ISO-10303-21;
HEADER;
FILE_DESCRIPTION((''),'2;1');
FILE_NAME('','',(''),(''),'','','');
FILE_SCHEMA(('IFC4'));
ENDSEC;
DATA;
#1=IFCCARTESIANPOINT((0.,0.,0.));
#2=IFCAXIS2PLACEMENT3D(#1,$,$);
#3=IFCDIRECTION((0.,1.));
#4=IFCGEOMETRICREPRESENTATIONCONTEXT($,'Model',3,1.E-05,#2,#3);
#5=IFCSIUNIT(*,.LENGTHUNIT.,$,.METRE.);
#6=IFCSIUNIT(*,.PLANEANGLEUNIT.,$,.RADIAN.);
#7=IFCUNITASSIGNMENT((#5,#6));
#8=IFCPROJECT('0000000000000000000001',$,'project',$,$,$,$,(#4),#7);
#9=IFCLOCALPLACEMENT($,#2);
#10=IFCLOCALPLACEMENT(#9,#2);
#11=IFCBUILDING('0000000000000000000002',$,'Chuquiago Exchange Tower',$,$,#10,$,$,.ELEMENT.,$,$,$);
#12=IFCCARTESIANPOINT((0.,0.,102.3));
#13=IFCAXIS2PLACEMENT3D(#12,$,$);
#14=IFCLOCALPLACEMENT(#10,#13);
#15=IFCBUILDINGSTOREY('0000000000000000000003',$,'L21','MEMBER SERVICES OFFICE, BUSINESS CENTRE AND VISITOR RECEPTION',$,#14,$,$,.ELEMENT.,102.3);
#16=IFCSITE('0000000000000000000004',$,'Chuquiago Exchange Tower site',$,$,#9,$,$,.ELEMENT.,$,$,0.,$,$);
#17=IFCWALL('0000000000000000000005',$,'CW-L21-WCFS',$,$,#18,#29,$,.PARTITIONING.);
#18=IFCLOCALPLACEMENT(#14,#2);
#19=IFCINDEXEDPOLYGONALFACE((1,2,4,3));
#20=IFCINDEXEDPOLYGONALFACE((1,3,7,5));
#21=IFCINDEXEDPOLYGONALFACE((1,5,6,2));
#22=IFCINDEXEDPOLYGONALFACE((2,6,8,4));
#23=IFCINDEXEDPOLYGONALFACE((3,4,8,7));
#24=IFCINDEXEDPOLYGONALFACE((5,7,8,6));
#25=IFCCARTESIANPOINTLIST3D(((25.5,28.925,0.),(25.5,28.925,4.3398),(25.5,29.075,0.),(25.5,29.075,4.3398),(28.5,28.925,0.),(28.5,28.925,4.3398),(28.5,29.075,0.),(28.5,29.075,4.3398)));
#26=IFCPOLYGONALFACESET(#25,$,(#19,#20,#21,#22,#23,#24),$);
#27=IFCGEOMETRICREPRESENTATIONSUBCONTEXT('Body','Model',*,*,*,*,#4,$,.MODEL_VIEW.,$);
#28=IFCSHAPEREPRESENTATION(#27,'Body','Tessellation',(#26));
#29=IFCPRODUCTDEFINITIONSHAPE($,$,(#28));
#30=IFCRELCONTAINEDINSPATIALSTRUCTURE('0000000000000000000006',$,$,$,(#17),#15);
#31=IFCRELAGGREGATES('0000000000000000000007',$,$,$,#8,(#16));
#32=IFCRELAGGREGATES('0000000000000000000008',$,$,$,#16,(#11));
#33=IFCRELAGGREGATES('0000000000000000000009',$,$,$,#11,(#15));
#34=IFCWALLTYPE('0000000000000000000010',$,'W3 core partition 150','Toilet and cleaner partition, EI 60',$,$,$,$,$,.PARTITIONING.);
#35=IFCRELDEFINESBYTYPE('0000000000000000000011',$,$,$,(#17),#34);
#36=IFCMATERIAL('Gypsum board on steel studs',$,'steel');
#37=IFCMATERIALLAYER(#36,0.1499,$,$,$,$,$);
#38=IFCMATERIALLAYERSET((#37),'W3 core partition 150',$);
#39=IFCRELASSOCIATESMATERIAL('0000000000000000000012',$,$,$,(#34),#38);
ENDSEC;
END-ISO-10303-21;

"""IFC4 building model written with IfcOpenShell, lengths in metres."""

from ifc_helpers import new_model, si_unit, direction, frame, frame_2d, origin, place, context, subcontext, project, spatial, rectangle, extrude, material, layer, layer_set, type_object, element, save


model = new_model("IFC4")

# Units and contexts
model_context = context("Model", 3, precision=1e-05, world=origin(), true_north=direction((0.0, 1.0)))
body_context = subcontext(model_context, "Body", "Model", "MODEL_VIEW")
ifc_project = project(units=[si_unit("LENGTHUNIT", "METRE"), si_unit("PLANEANGLEUNIT", "RADIAN")], contexts=[model_context])

# Site, building, storey
site_placement = place(None, origin())
site = spatial("IfcSite", under=ifc_project, at=site_placement, Name="Chuquiago Exchange Tower site", CompositionType="ELEMENT", RefElevation=0.0)
building_placement = place(site_placement, origin())
building = spatial("IfcBuilding", under=site, at=building_placement, Name="Chuquiago Exchange Tower", CompositionType="ELEMENT")
storey_placement = place(building_placement, frame((0.0, 0.0, 102.3)))
storey = spatial("IfcBuildingStorey", under=building, at=storey_placement, Name="L21", Description="MEMBER SERVICES OFFICE, BUSINESS CENTRE AND VISITOR RECEPTION", CompositionType="ELEMENT", Elevation=102.3)

# Shared definitions
ifc_material_1 = material(Name="Gypsum board on steel studs", Category="steel")
ifc_layer_1 = layer(ifc_material_1, 0.1499)
ifc_layer_set_1 = layer_set([ifc_layer_1], Name="W3 core partition 150")
wall_type_1 = type_object("IfcWallType", Name="W3 core partition 150", Description="Toilet and cleaner partition, EI 60", PredefinedType="PARTITIONING", material=ifc_layer_set_1)

# Wall
wall_1_placement = place(storey_placement, frame((25.5, 29.0, 0.0), z_axis=(0.0, 0.0, 1.0), x_axis=(1.0, 0.0, 0.0)))
element("IfcWall", 1, at=wall_1_placement, inside=storey, type_object=wall_type_1, Name="CW-L21-WCFS", PredefinedType="PARTITIONING", context=body_context, shape_type="SweptSolid", body=[
    extrude(rectangle(XDim=3.0, YDim=0.1499, at=frame_2d((1.5, 0.0))), origin(), (0.0, 0.0, 1.0), 4.3398),
])

save(model, "model.ifc")
